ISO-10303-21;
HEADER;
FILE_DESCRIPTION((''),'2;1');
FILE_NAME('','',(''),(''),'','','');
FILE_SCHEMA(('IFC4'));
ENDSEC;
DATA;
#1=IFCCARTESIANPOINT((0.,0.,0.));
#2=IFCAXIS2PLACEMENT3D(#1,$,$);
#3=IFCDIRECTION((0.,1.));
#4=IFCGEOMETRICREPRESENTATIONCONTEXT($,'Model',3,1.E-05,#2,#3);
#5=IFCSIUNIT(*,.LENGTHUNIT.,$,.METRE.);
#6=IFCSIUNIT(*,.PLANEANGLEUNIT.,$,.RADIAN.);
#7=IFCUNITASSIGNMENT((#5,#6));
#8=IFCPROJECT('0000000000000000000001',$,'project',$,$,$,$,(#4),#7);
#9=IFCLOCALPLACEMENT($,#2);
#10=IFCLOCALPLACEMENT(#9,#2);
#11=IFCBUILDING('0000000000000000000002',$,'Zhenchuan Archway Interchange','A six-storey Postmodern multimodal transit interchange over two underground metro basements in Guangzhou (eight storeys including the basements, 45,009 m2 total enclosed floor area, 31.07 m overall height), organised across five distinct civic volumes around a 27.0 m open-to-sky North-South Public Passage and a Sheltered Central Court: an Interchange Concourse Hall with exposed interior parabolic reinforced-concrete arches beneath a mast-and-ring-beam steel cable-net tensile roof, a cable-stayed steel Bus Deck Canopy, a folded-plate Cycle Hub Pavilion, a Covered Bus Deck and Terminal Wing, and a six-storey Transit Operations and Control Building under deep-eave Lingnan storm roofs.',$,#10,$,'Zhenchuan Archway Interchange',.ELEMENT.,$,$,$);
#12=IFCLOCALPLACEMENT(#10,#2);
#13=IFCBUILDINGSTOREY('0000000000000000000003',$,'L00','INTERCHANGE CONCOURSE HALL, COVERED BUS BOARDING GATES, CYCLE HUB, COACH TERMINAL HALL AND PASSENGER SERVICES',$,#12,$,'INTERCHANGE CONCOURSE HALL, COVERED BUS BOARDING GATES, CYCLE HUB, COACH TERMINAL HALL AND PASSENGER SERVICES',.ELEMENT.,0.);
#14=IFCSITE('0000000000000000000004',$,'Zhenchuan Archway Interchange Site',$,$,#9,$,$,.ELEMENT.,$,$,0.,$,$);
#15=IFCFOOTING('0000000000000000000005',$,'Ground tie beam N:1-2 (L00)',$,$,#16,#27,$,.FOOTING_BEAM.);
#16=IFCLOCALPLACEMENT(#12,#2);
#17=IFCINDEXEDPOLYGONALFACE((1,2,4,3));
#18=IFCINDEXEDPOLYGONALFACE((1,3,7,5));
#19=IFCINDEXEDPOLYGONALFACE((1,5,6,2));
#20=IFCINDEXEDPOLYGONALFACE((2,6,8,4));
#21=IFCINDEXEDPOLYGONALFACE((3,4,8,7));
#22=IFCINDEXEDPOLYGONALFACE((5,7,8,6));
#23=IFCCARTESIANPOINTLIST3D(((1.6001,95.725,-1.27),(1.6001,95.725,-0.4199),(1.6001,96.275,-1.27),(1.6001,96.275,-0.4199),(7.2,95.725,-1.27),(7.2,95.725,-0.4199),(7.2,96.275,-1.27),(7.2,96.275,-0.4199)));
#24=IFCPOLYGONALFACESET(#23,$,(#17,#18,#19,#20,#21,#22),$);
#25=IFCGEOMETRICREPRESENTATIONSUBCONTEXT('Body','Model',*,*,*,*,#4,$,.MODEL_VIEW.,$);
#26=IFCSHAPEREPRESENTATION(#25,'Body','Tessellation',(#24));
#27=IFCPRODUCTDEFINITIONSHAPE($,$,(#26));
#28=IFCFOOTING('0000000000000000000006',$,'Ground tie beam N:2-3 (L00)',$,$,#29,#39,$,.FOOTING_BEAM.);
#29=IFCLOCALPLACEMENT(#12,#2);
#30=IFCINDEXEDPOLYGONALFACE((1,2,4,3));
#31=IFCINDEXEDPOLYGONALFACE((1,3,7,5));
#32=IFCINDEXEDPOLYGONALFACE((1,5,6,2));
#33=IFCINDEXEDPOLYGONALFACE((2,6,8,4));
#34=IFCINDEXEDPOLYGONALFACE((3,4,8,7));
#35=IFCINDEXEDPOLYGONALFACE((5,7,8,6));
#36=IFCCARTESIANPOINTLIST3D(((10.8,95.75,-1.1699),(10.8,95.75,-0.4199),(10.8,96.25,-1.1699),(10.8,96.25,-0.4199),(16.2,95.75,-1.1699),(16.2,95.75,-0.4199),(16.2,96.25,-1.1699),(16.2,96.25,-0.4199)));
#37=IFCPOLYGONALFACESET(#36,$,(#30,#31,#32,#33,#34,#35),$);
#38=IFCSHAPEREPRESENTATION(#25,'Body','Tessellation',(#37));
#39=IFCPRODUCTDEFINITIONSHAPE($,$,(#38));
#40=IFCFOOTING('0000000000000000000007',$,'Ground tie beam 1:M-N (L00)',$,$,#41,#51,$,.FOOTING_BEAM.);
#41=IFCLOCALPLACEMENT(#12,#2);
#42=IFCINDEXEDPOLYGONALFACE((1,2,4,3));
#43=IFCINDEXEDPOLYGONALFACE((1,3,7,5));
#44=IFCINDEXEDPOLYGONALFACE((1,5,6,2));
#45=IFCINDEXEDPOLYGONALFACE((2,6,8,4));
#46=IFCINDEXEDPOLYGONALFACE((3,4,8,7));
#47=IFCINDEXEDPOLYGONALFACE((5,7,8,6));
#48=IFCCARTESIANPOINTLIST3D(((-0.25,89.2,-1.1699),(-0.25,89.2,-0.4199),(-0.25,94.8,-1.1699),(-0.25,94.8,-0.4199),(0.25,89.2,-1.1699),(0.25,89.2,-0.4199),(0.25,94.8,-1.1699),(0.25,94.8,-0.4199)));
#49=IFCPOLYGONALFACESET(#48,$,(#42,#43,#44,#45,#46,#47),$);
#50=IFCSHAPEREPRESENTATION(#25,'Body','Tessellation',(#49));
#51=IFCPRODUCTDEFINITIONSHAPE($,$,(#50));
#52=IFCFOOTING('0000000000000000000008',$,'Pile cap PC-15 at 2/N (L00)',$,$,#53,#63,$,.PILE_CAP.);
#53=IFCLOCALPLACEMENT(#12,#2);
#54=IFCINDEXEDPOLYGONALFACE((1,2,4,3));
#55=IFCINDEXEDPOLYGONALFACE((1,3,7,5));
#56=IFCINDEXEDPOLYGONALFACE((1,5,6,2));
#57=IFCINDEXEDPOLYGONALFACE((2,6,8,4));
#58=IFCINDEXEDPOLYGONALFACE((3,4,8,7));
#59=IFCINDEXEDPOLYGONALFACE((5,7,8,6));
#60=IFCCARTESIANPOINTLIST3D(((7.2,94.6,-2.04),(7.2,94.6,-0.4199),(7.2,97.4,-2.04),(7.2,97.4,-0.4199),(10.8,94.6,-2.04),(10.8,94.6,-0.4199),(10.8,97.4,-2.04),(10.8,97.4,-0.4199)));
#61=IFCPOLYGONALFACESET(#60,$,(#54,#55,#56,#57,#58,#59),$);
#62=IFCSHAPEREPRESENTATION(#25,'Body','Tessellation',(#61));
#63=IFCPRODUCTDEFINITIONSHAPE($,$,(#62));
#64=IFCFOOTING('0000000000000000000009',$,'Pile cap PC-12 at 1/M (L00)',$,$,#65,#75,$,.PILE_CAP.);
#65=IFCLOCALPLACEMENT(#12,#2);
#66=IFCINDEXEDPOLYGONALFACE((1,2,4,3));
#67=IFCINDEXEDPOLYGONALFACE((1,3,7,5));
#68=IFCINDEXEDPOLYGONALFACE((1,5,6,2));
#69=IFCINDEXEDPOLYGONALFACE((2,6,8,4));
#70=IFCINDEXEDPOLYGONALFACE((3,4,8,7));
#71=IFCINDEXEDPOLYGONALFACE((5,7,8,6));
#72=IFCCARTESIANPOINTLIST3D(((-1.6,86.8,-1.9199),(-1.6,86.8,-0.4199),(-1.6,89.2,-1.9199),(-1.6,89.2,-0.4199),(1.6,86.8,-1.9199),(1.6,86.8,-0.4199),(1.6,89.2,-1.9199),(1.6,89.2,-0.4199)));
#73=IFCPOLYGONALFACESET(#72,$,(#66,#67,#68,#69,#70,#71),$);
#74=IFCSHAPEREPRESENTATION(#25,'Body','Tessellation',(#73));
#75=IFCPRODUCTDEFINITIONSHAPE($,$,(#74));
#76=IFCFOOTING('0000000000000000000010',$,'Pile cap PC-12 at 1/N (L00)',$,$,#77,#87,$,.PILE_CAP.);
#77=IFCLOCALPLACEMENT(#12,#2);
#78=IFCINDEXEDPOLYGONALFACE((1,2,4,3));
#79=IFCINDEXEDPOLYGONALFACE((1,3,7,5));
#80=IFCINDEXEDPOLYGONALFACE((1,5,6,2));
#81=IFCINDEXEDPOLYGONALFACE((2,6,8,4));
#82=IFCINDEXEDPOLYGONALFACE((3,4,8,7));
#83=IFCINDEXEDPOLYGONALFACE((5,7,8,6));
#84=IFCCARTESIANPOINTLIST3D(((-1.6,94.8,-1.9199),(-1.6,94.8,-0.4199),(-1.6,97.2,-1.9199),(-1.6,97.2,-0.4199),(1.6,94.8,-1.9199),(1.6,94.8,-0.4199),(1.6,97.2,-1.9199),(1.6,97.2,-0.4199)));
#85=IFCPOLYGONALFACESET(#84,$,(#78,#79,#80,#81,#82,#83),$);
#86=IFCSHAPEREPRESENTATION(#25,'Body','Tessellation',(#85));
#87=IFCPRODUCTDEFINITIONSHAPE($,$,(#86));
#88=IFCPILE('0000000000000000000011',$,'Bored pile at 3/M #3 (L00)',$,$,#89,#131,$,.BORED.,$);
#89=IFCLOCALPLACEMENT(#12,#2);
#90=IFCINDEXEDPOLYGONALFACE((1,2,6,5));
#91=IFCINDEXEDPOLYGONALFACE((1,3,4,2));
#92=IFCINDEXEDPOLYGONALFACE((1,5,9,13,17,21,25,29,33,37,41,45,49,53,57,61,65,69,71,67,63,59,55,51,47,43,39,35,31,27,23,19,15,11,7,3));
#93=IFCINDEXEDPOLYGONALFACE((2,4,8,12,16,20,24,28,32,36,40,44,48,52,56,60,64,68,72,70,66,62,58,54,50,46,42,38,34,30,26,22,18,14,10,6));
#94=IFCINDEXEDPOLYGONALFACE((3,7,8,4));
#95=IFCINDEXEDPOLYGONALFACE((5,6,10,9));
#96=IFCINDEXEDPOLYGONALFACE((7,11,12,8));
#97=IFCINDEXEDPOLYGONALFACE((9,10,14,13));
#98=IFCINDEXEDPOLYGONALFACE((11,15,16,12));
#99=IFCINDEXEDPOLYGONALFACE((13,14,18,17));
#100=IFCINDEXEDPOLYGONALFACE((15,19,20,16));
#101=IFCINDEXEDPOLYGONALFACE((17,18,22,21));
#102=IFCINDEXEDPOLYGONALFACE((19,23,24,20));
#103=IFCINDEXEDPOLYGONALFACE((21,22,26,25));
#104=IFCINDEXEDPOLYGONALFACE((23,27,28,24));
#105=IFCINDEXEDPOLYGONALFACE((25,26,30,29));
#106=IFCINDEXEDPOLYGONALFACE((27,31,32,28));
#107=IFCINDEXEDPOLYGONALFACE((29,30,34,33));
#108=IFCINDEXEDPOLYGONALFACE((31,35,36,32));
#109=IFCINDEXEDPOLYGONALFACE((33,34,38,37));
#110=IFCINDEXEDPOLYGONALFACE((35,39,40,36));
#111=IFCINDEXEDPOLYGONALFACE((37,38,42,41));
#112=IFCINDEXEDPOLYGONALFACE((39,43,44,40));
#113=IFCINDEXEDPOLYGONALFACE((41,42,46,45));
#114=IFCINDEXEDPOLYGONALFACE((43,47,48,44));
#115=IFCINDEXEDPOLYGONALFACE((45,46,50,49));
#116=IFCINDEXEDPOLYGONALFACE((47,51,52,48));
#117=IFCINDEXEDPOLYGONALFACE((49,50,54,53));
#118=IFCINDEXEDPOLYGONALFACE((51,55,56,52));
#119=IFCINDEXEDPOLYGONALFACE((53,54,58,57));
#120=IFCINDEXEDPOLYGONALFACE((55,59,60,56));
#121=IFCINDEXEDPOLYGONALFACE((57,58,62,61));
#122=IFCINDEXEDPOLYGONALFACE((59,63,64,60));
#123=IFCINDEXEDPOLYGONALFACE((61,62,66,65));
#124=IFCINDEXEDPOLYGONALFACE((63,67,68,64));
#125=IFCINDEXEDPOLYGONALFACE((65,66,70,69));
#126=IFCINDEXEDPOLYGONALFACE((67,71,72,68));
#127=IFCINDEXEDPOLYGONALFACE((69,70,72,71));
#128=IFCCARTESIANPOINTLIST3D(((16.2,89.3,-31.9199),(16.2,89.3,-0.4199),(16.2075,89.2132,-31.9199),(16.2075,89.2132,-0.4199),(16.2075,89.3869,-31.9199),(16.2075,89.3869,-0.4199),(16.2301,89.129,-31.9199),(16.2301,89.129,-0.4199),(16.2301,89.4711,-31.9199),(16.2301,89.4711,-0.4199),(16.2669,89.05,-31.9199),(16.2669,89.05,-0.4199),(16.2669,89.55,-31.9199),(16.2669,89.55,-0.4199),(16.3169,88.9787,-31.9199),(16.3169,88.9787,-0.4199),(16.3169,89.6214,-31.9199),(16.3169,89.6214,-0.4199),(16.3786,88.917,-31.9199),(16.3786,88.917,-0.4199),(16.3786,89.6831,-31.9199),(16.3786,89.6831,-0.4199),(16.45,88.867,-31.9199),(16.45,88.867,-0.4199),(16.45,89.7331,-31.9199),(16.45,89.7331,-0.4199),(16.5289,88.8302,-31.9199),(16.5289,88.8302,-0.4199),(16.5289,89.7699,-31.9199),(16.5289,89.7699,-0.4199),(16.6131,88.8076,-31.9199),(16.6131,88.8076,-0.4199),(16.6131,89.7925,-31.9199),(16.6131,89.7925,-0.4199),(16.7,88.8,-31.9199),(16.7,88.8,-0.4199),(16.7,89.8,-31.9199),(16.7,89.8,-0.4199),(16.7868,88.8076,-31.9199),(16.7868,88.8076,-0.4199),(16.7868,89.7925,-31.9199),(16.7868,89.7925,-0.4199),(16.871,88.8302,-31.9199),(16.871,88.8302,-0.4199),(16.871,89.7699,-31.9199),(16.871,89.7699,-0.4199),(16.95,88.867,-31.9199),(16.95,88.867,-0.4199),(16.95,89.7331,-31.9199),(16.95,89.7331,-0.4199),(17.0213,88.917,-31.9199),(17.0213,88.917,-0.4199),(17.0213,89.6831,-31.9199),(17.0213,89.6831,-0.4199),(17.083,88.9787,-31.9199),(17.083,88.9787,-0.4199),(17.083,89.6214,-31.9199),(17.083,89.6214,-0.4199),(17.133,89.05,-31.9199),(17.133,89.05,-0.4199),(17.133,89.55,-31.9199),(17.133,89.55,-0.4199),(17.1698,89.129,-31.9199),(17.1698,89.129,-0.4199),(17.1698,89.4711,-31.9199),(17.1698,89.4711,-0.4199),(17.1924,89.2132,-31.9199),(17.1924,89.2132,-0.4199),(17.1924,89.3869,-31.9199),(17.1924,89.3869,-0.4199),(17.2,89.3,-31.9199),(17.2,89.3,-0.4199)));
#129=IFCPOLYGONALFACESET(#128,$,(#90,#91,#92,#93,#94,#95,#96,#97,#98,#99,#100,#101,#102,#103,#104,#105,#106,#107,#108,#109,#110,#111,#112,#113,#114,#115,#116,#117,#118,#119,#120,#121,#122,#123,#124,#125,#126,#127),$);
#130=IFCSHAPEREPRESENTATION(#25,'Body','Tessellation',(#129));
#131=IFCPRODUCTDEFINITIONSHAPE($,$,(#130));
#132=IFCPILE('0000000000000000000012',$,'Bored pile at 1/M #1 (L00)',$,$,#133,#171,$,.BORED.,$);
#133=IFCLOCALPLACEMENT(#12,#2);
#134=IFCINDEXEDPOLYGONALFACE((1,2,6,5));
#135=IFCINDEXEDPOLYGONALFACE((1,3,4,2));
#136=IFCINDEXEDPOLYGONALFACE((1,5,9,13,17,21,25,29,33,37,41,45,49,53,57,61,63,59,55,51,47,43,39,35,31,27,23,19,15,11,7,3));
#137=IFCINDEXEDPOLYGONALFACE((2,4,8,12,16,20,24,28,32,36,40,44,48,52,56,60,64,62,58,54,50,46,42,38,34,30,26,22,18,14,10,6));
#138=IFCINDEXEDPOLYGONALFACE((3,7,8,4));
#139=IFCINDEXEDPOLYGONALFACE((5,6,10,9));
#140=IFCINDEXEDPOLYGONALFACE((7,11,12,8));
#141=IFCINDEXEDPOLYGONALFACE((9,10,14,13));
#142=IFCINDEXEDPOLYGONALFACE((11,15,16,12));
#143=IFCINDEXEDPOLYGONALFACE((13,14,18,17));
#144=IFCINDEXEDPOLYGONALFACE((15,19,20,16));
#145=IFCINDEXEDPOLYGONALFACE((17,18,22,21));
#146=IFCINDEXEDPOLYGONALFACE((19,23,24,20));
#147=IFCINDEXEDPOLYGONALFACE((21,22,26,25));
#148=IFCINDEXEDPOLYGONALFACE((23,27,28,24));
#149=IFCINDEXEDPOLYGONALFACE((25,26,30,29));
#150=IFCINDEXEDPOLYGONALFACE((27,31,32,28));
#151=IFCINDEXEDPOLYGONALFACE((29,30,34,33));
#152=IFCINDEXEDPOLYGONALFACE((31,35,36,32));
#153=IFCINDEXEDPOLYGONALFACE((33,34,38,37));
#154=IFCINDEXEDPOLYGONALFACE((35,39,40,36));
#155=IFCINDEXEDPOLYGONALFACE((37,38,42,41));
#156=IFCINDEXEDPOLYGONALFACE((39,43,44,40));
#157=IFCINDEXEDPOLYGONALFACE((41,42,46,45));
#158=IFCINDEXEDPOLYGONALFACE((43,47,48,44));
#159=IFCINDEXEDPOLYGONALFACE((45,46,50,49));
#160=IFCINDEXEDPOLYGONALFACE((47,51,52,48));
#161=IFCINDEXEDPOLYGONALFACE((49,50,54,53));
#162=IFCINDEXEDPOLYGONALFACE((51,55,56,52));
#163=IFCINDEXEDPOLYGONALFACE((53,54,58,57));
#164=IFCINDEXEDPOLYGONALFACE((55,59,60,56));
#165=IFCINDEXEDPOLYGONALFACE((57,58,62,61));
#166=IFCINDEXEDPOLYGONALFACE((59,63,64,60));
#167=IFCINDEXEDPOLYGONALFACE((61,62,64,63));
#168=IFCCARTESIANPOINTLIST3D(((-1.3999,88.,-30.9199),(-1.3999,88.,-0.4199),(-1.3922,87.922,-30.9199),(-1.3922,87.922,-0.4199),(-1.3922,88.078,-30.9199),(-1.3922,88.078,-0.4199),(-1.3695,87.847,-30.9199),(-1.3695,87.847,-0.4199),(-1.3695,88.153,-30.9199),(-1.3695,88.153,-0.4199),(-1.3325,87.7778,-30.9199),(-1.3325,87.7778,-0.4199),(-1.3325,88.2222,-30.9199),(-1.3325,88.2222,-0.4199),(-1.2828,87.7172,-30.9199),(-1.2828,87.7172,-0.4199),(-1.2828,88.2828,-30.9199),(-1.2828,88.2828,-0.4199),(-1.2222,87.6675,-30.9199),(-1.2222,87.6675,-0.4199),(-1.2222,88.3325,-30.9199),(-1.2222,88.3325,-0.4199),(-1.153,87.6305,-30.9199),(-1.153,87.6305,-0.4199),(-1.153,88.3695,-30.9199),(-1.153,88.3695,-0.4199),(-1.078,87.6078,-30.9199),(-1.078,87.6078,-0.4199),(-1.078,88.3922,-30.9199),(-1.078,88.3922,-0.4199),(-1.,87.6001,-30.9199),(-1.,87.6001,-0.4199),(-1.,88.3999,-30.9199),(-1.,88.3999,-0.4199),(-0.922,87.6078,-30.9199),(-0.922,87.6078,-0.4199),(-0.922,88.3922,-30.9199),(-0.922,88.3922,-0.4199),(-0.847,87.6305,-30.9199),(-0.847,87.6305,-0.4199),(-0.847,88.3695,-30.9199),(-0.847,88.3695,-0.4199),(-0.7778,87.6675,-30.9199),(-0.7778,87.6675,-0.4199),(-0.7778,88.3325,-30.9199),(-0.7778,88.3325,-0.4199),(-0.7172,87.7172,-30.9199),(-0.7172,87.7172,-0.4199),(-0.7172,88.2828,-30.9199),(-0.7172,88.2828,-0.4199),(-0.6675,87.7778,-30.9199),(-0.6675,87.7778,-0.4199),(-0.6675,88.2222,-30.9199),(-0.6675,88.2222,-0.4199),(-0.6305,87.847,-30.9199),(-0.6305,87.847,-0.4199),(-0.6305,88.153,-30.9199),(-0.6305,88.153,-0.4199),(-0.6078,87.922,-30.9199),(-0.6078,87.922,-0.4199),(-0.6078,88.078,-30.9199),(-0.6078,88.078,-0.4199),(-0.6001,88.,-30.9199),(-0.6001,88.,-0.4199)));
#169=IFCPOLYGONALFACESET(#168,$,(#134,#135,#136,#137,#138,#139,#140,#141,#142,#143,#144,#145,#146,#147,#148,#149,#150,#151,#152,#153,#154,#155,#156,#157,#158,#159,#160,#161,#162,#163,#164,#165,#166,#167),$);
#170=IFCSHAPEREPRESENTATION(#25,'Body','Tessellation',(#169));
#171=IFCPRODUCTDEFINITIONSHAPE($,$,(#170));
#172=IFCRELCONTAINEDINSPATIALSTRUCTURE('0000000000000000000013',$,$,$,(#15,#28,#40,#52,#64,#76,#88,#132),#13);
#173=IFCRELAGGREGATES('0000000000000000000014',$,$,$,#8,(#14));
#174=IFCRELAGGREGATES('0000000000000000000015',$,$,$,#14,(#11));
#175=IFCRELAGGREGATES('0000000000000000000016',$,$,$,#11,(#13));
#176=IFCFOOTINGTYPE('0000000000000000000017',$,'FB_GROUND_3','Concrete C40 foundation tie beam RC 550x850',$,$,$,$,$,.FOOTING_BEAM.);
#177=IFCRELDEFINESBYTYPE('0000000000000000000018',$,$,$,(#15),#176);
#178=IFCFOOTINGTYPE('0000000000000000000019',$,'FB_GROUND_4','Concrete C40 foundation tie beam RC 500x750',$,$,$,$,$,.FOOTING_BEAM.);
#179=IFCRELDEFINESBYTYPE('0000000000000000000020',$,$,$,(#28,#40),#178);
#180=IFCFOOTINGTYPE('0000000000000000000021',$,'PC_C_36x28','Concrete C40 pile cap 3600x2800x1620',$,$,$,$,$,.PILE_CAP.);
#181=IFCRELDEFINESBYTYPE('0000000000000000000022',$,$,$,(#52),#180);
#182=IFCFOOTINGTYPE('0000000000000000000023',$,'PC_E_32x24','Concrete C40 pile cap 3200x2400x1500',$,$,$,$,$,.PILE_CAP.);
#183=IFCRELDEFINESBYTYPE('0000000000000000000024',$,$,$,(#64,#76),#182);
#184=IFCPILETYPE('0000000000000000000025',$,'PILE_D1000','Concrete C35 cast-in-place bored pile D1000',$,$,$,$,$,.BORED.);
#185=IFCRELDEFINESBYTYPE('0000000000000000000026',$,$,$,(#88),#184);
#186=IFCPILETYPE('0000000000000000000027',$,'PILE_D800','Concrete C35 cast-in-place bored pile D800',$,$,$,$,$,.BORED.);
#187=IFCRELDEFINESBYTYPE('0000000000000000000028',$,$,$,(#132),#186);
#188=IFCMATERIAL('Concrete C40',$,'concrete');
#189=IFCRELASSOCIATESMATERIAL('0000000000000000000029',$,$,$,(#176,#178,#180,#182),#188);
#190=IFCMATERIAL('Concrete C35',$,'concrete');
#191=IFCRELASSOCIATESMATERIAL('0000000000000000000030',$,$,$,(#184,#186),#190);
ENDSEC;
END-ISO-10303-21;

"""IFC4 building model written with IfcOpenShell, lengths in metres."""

from ifc_helpers import new_model, si_unit, direction, frame, origin, origin_2d, place, context, subcontext, project, spatial, rectangle, circle, extrude, material, material_profile, profile_set, type_object, element, save


model = new_model("IFC4")

# Units and contexts
model_context = context("Model", 3, precision=1e-05, world=origin(), true_north=direction((0.0, 1.0)))
body_context = subcontext(model_context, "Body", "Model", "MODEL_VIEW")
ifc_project = project(units=[si_unit("LENGTHUNIT", "METRE"), si_unit("PLANEANGLEUNIT", "RADIAN")], contexts=[model_context])

# Site, building, storey
site_placement = place(None, origin())
site = spatial("IfcSite", under=ifc_project, at=site_placement, Name="Zhenchuan Archway Interchange Site", CompositionType="ELEMENT", RefElevation=0.0)
building_placement = place(site_placement, origin())
building = spatial("IfcBuilding", under=site, at=building_placement, Name="Zhenchuan Archway Interchange", Description="A six-storey Postmodern multimodal transit interchange over two underground metro basements in Guangzhou (eight storeys including the basements, 45,009 m2 total enclosed floor area, 31.07 m overall height), organised across five distinct civic volumes around a 27.0 m open-to-sky North-South Public Passage and a Sheltered Central Court: an Interchange Concourse Hall with exposed interior parabolic reinforced-concrete arches beneath a mast-and-ring-beam steel cable-net tensile roof, a cable-stayed steel Bus Deck Canopy, a folded-plate Cycle Hub Pavilion, a Covered Bus Deck and Terminal Wing, and a six-storey Transit Operations and Control Building under deep-eave Lingnan storm roofs.", LongName="Zhenchuan Archway Interchange", CompositionType="ELEMENT")
storey_placement = place(building_placement, origin())
storey = spatial("IfcBuildingStorey", under=building, at=storey_placement, Name="L00", Description="INTERCHANGE CONCOURSE HALL, COVERED BUS BOARDING GATES, CYCLE HUB, COACH TERMINAL HALL AND PASSENGER SERVICES", LongName="INTERCHANGE CONCOURSE HALL, COVERED BUS BOARDING GATES, CYCLE HUB, COACH TERMINAL HALL AND PASSENGER SERVICES", CompositionType="ELEMENT", Elevation=0.0)

# Footings
ifc_material_1 = material(Name="Concrete C40", Category="concrete")
ifc_material_profile_1 = material_profile(ifc_material_1, rectangle(XDim=0.55, YDim=0.8501, at=origin_2d()), Name="RC 550x850")
ifc_profile_set_1 = profile_set([ifc_material_profile_1], Name="Concrete C40")
footing_type_1 = type_object("IfcFootingType", Name="FB_GROUND_3", Description="Concrete C40 foundation tie beam RC 550x850", PredefinedType="FOOTING_BEAM", material=ifc_profile_set_1)
footing_1_placement = place(storey_placement, frame((1.6001, 96.0, -0.845), z_axis=(1.0, 0.0, 0.0), x_axis=(0.0, 1.0, 0.0)))
element("IfcFooting", 1, at=footing_1_placement, inside=storey, type_object=footing_type_1, Name="Ground tie beam N:1-2 (L00)", PredefinedType="FOOTING_BEAM", context=body_context, shape_type="SweptSolid", body=[
    extrude(rectangle(XDim=0.55, YDim=0.8501, at=origin_2d()), origin(), (0.0, 0.0, 1.0), 5.5999),
])
ifc_material_profile_2 = material_profile(ifc_material_1, rectangle(XDim=0.5, YDim=0.75, at=origin_2d()), Name="RC 500x750")
ifc_profile_set_2 = profile_set([ifc_material_profile_2], Name="Concrete C40")
footing_type_2 = type_object("IfcFootingType", Name="FB_GROUND_4", Description="Concrete C40 foundation tie beam RC 500x750", PredefinedType="FOOTING_BEAM", material=ifc_profile_set_2)
footing_2_placement = place(storey_placement, frame((10.8, 96.0, -0.7949), z_axis=(1.0, 0.0, 0.0), x_axis=(0.0, 1.0, 0.0)))
element("IfcFooting", 2, at=footing_2_placement, inside=storey, type_object=footing_type_2, Name="Ground tie beam N:2-3 (L00)", PredefinedType="FOOTING_BEAM", context=body_context, shape_type="SweptSolid", body=[
    extrude(rectangle(XDim=0.5, YDim=0.75, at=origin_2d()), origin(), (0.0, 0.0, 1.0), 5.3999),
])
footing_3_placement = place(storey_placement, frame((0.0, 89.2, -0.7949), z_axis=(0.0, 1.0, 0.0), x_axis=(-1.0, 0.0, 0.0)))
element("IfcFooting", 3, at=footing_3_placement, inside=storey, type_object=footing_type_2, Name="Ground tie beam 1:M-N (L00)", PredefinedType="FOOTING_BEAM", context=body_context, shape_type="SweptSolid", body=[
    extrude(rectangle(XDim=0.5, YDim=0.75, at=origin_2d()), origin(), (0.0, 0.0, 1.0), 5.6001),
])
footing_type_3 = type_object("IfcFootingType", Name="PC_C_36x28", Description="Concrete C40 pile cap 3600x2800x1620", PredefinedType="PILE_CAP", material=ifc_material_1)
footing_4_placement = place(storey_placement, frame((9.0, 96.0, -2.04), z_axis=(0.0, 0.0, 1.0), x_axis=(1.0, 0.0, 0.0)))
element("IfcFooting", 4, at=footing_4_placement, inside=storey, type_object=footing_type_3, Name="Pile cap PC-15 at 2/N (L00)", PredefinedType="PILE_CAP", context=body_context, shape_type="SweptSolid", body=[
    extrude(rectangle(XDim=3.6001, YDim=2.8, at=origin_2d()), origin(), (0.0, 0.0, 1.0), 1.6201),
])
footing_type_4 = type_object("IfcFootingType", Name="PC_E_32x24", Description="Concrete C40 pile cap 3200x2400x1500", PredefinedType="PILE_CAP", material=ifc_material_1)
for number, where, z_axis, x_axis, name in (
    (5, (0.0, 88.0, -1.9199), (0.0, 0.0, 1.0), (1.0, 0.0, 0.0), "Pile cap PC-12 at 1/M (L00)"),
    (6, (0.0, 96.0, -1.9199), (0.0, 0.0, 1.0), (1.0, 0.0, 0.0), "Pile cap PC-12 at 1/N (L00)"),
):
    element("IfcFooting", number, at=place(storey_placement, frame(where, z_axis=z_axis, x_axis=x_axis)), inside=storey, type_object=footing_type_4, Name=name, PredefinedType="PILE_CAP", context=body_context, shape_type="SweptSolid", body=[
        extrude(rectangle(XDim=3.2, YDim=2.3999, at=origin_2d()), origin(), (0.0, 0.0, 1.0), 1.5),
    ])

# Piles
ifc_material_2 = material(Name="Concrete C35", Category="concrete")
ifc_material_profile_3 = material_profile(ifc_material_2, circle(Radius=0.5, at=origin_2d()), Name="BORED PILE 1000")
ifc_profile_set_3 = profile_set([ifc_material_profile_3], Name="Concrete C35")
pile_type_1 = type_object("IfcPileType", Name="PILE_D1000", Description="Concrete C35 cast-in-place bored pile D1000", PredefinedType="BORED", material=ifc_profile_set_3)
pile_placement = place(storey_placement, frame((16.7, 89.3, -0.4199), z_axis=(0.0, 0.0, -1.0), x_axis=(1.0, 0.0, 0.0)))
element("IfcPile", 7, at=pile_placement, inside=storey, type_object=pile_type_1, Name="Bored pile at 3/M #3 (L00)", PredefinedType="BORED", context=body_context, shape_type="SweptSolid", body=[
    extrude(circle(Radius=0.5, at=origin_2d()), origin(), (0.0, 0.0, 1.0), 31.5),
])
ifc_material_profile_4 = material_profile(ifc_material_2, circle(Radius=0.3999, at=origin_2d()), Name="BORED PILE 800")
ifc_profile_set_4 = profile_set([ifc_material_profile_4], Name="Concrete C35")
pile_type_2 = type_object("IfcPileType", Name="PILE_D800", Description="Concrete C35 cast-in-place bored pile D800", PredefinedType="BORED", material=ifc_profile_set_4)
for number, where, z_axis, x_axis, name in (
    (8, (-1.0, 88.0, -0.4199), (0.0, 0.0, -1.0), (1.0, 0.0, 0.0), "Bored pile at 1/M #1 (L00)"),
):
    element("IfcPile", number, at=place(storey_placement, frame(where, z_axis=z_axis, x_axis=x_axis)), inside=storey, type_object=pile_type_2, Name=name, PredefinedType="BORED", context=body_context, shape_type="SweptSolid", body=[
        extrude(circle(Radius=0.3999, at=origin_2d()), origin(), (0.0, 0.0, 1.0), 30.5),
    ])

save(model, "model.ifc")
